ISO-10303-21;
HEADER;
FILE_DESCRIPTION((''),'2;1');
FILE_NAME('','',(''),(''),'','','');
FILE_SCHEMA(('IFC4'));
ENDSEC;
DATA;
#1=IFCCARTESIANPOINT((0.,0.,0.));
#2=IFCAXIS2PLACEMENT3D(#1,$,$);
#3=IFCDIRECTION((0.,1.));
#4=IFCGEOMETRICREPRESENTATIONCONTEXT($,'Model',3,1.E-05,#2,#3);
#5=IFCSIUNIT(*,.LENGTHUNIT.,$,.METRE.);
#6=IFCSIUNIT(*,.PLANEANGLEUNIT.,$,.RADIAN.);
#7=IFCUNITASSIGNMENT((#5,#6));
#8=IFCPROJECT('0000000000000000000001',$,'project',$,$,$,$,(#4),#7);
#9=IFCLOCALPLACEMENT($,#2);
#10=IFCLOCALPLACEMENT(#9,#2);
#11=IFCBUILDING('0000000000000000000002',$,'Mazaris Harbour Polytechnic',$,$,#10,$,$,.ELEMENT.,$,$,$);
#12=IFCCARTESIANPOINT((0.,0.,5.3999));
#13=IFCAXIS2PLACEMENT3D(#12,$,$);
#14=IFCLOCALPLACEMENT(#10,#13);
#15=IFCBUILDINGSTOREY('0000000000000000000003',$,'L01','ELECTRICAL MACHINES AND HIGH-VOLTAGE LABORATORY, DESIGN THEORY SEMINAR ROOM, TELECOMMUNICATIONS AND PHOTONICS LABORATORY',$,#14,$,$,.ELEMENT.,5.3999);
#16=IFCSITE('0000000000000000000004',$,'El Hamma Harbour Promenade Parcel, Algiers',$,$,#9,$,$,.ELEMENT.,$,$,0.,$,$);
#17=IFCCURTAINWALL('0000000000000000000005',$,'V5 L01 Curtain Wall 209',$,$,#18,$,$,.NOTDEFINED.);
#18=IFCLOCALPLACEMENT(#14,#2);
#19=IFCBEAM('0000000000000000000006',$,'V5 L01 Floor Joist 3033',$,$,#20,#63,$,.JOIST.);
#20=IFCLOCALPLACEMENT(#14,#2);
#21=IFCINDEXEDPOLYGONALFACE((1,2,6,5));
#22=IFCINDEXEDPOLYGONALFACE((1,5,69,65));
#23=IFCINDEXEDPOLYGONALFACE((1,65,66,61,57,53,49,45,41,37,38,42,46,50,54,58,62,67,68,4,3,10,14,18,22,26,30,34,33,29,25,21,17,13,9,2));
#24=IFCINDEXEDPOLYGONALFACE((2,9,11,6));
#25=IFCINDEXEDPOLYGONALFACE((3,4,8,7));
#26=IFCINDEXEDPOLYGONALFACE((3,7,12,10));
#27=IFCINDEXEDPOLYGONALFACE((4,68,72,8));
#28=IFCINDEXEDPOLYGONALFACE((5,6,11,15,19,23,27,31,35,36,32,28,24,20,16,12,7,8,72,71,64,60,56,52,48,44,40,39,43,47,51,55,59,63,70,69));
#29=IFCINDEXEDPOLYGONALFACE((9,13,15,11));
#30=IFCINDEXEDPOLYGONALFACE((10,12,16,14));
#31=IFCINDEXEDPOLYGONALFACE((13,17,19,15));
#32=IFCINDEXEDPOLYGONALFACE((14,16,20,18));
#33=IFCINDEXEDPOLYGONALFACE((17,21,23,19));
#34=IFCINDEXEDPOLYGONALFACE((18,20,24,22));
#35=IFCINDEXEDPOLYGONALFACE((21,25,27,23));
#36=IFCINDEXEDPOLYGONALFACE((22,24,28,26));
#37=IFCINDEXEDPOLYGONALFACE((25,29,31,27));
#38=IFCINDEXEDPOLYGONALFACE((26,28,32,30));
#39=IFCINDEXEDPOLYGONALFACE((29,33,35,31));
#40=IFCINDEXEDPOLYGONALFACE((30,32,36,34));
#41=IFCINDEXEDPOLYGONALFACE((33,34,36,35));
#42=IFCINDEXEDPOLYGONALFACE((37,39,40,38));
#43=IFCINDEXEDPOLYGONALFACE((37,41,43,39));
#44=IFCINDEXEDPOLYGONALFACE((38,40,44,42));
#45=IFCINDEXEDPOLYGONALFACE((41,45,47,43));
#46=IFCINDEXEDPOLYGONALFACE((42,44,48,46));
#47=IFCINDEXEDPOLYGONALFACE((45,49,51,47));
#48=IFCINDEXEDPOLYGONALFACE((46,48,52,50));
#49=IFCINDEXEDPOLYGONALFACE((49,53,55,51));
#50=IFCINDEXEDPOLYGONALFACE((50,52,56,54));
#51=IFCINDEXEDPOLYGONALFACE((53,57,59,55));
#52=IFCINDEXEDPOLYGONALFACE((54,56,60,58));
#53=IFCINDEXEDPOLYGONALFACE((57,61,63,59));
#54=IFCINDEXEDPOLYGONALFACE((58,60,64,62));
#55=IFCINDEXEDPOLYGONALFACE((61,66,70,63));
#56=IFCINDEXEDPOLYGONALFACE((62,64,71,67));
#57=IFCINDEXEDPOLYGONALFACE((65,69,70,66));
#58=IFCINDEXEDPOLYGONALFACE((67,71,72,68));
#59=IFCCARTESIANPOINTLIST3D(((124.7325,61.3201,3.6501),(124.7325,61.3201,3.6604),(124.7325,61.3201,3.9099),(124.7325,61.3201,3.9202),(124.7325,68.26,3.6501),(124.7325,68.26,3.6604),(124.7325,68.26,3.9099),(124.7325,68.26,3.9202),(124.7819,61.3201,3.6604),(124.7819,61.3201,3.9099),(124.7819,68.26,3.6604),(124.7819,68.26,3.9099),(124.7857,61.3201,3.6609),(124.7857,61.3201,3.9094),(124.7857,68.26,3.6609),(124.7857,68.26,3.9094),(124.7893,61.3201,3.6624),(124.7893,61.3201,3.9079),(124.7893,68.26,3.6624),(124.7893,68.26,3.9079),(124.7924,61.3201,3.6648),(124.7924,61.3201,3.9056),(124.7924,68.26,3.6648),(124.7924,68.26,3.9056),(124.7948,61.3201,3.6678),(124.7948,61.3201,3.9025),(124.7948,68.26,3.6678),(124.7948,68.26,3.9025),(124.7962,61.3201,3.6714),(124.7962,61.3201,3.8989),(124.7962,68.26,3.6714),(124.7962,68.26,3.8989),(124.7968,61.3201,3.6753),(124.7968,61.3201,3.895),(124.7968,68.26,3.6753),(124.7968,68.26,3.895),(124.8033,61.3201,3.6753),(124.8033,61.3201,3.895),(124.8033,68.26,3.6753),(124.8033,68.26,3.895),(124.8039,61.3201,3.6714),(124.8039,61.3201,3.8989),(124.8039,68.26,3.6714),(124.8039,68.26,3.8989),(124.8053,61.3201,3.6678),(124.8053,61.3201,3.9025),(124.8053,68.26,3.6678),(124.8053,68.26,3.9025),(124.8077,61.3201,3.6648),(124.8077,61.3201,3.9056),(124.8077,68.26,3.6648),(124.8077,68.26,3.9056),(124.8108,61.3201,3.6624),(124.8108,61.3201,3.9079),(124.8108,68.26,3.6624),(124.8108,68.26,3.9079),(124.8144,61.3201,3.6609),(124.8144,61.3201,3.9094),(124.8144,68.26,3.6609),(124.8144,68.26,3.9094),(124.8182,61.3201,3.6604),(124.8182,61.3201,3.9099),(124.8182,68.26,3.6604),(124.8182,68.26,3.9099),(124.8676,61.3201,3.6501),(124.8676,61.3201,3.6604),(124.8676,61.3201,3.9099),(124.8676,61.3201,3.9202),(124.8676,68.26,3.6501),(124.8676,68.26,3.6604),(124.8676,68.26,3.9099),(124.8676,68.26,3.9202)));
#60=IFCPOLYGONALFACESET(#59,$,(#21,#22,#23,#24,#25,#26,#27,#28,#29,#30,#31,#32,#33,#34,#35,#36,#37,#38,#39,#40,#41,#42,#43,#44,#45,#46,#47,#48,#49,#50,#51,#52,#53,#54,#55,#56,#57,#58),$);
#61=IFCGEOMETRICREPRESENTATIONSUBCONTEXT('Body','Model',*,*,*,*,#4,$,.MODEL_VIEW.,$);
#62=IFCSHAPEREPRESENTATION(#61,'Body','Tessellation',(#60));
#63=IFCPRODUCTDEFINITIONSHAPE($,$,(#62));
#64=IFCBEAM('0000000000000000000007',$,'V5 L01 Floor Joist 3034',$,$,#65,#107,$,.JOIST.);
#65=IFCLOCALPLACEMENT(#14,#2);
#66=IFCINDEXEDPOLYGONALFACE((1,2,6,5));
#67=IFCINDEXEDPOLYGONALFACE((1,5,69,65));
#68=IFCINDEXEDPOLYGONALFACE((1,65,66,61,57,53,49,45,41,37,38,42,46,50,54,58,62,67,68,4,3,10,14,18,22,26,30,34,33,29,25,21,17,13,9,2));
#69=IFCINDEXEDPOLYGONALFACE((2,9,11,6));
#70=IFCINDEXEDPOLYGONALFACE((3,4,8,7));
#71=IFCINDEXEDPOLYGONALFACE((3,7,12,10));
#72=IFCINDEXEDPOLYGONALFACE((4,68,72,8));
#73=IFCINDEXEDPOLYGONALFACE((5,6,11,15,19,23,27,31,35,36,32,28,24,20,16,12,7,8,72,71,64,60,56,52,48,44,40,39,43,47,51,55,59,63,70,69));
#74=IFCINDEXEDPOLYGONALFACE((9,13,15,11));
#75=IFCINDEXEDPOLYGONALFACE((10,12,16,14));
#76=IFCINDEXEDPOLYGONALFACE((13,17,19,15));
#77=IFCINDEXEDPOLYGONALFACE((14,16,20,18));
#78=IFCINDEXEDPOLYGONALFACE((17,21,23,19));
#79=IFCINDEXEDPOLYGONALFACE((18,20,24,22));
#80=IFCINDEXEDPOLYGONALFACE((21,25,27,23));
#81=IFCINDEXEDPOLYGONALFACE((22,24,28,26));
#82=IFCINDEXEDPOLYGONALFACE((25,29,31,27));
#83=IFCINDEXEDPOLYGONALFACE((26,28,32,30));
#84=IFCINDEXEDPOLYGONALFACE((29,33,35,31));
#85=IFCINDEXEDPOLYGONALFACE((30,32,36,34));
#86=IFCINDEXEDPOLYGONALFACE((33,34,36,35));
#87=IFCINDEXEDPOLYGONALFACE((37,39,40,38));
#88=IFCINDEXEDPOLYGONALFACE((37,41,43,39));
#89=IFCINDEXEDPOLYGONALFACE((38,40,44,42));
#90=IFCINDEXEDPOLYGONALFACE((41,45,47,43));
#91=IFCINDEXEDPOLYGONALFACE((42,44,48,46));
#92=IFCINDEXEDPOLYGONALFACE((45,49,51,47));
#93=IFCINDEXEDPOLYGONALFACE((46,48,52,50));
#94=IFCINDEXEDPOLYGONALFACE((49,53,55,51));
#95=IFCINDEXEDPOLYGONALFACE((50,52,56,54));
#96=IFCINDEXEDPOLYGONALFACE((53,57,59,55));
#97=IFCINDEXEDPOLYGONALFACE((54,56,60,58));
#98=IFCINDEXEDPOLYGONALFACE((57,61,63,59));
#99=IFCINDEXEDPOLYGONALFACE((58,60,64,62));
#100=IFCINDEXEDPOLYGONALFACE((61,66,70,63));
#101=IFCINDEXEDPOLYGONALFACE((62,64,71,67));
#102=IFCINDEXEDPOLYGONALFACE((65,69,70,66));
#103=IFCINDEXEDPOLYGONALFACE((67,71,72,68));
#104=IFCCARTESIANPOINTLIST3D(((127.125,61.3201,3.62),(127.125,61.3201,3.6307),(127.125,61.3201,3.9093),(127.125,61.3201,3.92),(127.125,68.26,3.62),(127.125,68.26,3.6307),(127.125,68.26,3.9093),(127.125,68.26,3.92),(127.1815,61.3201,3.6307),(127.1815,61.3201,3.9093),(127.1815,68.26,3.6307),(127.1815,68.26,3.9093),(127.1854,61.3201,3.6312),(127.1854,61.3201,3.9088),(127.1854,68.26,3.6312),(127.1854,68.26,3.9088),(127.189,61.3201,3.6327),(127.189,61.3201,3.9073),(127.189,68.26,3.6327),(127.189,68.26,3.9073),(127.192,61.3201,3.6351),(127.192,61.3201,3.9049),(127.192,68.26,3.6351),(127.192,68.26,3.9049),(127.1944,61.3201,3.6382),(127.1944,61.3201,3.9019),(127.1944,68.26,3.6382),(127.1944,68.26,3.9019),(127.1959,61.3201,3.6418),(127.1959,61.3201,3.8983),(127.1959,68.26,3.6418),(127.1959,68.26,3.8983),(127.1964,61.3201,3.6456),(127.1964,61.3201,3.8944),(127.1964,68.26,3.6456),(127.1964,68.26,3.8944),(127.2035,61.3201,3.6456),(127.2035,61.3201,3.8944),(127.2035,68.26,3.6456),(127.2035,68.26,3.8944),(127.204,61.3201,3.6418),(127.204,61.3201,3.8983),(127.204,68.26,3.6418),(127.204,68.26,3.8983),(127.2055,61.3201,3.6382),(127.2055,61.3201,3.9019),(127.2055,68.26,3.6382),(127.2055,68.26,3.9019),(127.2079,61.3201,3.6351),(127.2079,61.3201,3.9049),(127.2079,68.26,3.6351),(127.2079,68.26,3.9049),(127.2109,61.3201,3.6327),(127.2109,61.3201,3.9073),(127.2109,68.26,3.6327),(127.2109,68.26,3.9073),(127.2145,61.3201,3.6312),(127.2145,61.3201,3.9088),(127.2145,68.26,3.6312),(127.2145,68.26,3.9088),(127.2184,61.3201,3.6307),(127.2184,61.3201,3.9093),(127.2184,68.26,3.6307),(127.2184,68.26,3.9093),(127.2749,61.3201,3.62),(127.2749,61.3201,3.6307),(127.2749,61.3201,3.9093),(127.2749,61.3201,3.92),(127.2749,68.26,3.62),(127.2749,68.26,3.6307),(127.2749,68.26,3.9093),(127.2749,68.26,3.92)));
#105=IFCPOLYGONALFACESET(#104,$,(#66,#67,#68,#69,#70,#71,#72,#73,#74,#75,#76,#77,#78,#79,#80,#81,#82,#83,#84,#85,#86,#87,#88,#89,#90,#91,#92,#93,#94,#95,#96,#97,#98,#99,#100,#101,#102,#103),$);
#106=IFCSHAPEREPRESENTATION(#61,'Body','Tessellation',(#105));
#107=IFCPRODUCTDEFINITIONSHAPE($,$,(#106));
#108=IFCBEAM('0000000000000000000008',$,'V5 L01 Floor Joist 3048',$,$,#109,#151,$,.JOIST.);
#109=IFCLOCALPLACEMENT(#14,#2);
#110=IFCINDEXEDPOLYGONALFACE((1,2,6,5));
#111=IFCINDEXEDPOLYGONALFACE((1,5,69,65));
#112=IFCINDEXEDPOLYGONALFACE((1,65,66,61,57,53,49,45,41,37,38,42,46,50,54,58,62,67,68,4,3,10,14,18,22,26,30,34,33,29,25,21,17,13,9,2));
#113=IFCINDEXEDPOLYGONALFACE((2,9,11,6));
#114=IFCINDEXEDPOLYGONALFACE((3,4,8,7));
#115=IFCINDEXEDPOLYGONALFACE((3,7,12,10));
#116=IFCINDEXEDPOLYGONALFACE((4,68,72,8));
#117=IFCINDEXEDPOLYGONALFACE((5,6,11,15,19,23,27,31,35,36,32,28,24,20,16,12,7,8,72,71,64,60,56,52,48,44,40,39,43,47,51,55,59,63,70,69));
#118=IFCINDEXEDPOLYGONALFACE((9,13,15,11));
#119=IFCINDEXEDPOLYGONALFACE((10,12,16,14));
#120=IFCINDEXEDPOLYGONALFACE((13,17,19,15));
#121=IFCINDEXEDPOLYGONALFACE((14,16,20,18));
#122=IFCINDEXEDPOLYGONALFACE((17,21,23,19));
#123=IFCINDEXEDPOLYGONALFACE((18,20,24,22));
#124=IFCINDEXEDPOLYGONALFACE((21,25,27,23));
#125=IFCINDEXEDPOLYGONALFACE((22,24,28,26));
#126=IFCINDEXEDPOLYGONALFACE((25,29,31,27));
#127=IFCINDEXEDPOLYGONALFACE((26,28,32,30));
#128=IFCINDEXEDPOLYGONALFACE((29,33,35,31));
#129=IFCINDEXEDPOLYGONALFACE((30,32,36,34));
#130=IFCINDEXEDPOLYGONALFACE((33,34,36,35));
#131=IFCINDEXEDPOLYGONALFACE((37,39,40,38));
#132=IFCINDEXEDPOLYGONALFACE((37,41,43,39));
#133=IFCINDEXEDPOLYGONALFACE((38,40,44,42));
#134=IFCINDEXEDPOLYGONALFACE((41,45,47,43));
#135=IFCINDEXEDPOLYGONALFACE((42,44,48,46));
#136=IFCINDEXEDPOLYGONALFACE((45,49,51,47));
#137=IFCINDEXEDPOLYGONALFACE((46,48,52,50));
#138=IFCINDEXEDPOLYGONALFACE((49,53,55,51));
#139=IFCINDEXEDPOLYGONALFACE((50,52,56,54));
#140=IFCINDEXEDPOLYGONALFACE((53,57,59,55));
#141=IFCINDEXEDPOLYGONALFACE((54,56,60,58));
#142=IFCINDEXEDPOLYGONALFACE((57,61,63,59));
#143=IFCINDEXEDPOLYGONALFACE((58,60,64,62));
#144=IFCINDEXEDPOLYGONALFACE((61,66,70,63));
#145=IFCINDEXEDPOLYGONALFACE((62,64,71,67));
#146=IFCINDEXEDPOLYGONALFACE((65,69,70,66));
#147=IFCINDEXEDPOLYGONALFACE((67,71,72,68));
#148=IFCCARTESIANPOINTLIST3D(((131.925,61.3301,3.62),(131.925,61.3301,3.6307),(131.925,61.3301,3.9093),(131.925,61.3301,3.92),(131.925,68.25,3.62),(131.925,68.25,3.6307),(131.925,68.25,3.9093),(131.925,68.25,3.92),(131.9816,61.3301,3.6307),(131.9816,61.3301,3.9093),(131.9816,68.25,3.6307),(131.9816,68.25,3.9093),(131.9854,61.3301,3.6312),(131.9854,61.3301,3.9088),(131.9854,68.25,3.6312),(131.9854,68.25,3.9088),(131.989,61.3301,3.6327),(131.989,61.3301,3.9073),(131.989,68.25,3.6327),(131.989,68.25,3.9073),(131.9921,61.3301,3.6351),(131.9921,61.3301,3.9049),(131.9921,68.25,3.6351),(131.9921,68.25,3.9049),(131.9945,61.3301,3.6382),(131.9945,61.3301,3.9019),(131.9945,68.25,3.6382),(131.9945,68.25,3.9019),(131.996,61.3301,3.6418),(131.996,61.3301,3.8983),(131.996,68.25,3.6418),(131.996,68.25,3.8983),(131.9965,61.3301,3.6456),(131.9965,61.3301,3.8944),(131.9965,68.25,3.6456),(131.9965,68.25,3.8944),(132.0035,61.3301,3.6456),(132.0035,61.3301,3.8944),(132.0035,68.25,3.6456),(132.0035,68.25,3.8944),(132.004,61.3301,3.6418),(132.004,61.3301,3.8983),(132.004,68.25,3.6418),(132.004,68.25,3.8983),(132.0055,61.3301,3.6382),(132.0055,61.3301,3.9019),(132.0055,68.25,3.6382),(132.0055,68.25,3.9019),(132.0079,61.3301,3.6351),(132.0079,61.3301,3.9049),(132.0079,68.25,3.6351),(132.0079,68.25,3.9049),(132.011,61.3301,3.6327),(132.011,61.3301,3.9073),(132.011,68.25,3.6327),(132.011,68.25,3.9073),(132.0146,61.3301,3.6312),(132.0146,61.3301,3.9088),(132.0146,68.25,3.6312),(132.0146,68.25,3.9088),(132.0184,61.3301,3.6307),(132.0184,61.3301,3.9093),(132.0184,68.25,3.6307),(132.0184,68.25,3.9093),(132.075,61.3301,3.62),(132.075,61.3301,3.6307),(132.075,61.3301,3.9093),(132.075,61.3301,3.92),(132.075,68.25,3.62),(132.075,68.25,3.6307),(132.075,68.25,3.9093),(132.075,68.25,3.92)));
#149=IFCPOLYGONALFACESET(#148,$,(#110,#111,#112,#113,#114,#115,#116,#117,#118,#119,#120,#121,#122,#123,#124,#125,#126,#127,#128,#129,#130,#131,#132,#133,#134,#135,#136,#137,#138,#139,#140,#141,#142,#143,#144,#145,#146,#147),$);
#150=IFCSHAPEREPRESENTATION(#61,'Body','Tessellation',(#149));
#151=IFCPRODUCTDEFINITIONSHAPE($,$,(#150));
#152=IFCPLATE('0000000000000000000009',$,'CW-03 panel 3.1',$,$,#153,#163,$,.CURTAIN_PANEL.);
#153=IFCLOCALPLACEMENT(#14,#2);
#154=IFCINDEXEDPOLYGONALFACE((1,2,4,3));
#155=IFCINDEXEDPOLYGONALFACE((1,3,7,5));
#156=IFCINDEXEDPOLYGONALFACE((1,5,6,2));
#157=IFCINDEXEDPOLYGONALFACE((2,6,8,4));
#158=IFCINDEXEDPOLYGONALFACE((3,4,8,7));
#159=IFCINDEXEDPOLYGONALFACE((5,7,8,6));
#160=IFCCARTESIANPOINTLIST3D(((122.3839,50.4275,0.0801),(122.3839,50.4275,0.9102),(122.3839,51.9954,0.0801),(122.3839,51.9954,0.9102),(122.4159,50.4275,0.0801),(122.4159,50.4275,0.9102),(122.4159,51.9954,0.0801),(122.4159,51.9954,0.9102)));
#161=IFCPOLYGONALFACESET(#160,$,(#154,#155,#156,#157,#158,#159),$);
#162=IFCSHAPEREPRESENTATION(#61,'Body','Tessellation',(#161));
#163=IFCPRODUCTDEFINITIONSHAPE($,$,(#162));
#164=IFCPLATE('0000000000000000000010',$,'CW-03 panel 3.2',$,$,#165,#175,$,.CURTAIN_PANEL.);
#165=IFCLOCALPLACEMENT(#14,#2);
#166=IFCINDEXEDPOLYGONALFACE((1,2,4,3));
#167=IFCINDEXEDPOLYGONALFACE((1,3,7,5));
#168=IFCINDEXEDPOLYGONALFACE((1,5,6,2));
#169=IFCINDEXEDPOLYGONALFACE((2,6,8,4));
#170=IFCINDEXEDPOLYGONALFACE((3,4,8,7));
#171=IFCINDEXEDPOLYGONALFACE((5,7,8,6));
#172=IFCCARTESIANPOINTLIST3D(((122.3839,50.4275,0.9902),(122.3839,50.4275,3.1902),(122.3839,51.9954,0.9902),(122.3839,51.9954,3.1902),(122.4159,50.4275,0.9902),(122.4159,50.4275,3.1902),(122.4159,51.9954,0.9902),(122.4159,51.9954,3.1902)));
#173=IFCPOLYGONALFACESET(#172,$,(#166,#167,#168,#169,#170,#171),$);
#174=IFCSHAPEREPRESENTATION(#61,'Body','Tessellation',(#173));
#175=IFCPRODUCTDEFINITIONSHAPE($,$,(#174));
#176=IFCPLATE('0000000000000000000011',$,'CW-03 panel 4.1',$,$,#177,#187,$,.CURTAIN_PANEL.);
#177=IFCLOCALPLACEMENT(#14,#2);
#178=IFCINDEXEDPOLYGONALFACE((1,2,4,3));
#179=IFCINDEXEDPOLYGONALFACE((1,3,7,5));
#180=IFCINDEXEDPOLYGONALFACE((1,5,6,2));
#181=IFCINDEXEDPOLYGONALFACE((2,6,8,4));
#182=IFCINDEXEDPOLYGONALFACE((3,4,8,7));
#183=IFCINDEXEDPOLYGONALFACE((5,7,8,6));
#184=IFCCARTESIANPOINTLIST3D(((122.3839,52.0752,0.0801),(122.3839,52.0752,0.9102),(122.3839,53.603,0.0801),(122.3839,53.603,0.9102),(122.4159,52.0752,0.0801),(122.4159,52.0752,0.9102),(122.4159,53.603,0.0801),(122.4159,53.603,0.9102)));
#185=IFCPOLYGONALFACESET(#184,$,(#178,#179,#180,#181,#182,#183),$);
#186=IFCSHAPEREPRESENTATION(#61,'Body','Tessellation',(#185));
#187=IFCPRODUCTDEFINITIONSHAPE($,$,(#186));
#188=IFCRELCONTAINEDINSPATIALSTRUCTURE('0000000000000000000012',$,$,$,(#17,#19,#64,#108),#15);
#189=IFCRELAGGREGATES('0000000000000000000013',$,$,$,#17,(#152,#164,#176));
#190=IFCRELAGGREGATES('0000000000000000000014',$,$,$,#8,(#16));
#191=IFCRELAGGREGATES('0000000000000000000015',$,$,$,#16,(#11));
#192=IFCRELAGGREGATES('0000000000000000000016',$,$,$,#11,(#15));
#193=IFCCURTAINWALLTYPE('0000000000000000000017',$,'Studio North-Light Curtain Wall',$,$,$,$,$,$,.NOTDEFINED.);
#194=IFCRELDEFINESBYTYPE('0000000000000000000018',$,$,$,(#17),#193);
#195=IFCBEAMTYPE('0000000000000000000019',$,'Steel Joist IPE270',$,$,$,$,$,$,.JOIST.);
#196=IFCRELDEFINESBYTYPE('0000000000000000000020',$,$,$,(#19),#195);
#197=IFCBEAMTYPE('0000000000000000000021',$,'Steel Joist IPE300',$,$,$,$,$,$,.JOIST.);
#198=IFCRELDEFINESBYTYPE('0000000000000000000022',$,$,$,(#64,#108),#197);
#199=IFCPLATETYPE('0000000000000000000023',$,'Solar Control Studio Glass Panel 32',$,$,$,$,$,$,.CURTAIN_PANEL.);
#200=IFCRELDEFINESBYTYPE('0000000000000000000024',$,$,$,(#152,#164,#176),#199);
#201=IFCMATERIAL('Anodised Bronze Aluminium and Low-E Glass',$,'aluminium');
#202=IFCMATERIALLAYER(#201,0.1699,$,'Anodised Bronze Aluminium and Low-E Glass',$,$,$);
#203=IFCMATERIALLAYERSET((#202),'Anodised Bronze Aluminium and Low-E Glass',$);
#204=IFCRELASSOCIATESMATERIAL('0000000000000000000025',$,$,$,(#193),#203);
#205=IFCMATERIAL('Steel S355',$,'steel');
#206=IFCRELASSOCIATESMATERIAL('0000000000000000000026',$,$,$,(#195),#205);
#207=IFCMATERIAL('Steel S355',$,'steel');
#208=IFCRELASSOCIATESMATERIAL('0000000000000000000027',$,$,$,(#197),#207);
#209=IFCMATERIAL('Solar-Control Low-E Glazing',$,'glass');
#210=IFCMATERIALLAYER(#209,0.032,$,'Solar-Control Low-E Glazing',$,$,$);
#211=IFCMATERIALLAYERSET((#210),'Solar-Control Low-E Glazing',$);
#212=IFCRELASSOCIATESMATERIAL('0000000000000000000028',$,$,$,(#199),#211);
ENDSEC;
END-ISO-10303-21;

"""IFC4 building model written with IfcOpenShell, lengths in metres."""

from ifc_helpers import new_model, si_unit, direction, frame, origin, origin_2d, place, context, subcontext, project, spatial, rectangle, i_section, extrude, material, layer, layer_set, material_profile, profile_set, type_object, element, aggregate, save


model = new_model("IFC4")

# Units and contexts
model_context = context("Model", 3, precision=1e-05, world=origin(), true_north=direction((0.0, 1.0)))
body_context = subcontext(model_context, "Body", "Model", "MODEL_VIEW")
ifc_project = project(units=[si_unit("LENGTHUNIT", "METRE"), si_unit("PLANEANGLEUNIT", "RADIAN")], contexts=[model_context])

# Site, building, storey
site_placement = place(None, origin())
site = spatial("IfcSite", under=ifc_project, at=site_placement, Name="El Hamma Harbour Promenade Parcel, Algiers", CompositionType="ELEMENT", RefElevation=0.0)
building_placement = place(site_placement, origin())
building = spatial("IfcBuilding", under=site, at=building_placement, Name="Mazaris Harbour Polytechnic", CompositionType="ELEMENT")
storey_placement = place(building_placement, frame((0.0, 0.0, 5.3999)))
storey = spatial("IfcBuildingStorey", under=building, at=storey_placement, Name="L01", Description="ELECTRICAL MACHINES AND HIGH-VOLTAGE LABORATORY, DESIGN THEORY SEMINAR ROOM, TELECOMMUNICATIONS AND PHOTONICS LABORATORY", CompositionType="ELEMENT", Elevation=5.3999)

# Curtain wall
ifc_material_1 = material(Name="Anodised Bronze Aluminium and Low-E Glass", Category="aluminium")
ifc_layer_1 = layer(ifc_material_1, 0.1699, Name="Anodised Bronze Aluminium and Low-E Glass")
ifc_layer_set_1 = layer_set([ifc_layer_1], Name="Anodised Bronze Aluminium and Low-E Glass")
curtain_wall_type = type_object("IfcCurtainWallType", Name="Studio North-Light Curtain Wall", PredefinedType="NOTDEFINED", material=ifc_layer_set_1)
curtain_wall_1_placement = place(storey_placement, origin())
curtain_wall_1 = element("IfcCurtainWall", 1, at=curtain_wall_1_placement, inside=storey, type_object=curtain_wall_type, Name="V5 L01 Curtain Wall 209", PredefinedType="NOTDEFINED")

# Beams
ifc_material_2 = material(Name="Steel S355", Category="steel")
ifc_material_profile_1 = material_profile(ifc_material_2, i_section(OverallWidth=0.135, OverallDepth=0.27, WebThickness=0.0066, FlangeThickness=0.0103, FilletRadius=0.0149, at=origin_2d()), Name="IPE 270")
ifc_profile_set_1 = profile_set([ifc_material_profile_1], Name="Steel S355")
beam_type_1 = type_object("IfcBeamType", Name="Steel Joist IPE270", PredefinedType="JOIST", material=ifc_profile_set_1)
beam_1_placement = place(storey_placement, frame((124.8, 61.3201, 3.7852), z_axis=(0.0, 1.0, 0.0), x_axis=(-1.0, 0.0, 0.0)))
element("IfcBeam", 2, at=beam_1_placement, inside=storey, type_object=beam_type_1, Name="V5 L01 Floor Joist 3033", PredefinedType="JOIST", context=body_context, shape_type="SweptSolid", body=[
    extrude(i_section(OverallWidth=0.135, OverallDepth=0.27, WebThickness=0.0066, FlangeThickness=0.0103, FilletRadius=0.0149, at=origin_2d()), origin(), (0.0, 0.0, 1.0), 6.9399),
])
ifc_material_3 = material(Name="Steel S355", Category="steel")
ifc_material_profile_2 = material_profile(ifc_material_3, i_section(OverallWidth=0.1499, OverallDepth=0.3, WebThickness=0.0071, FlangeThickness=0.0107, FilletRadius=0.0149, at=origin_2d()), Name="IPE 300")
ifc_profile_set_2 = profile_set([ifc_material_profile_2], Name="Steel S355")
beam_type_2 = type_object("IfcBeamType", Name="Steel Joist IPE300", PredefinedType="JOIST", material=ifc_profile_set_2)
beam_2_placement = place(storey_placement, frame((127.2, 61.3201, 3.77), z_axis=(0.0, 1.0, 0.0), x_axis=(-1.0, 0.0, 0.0)))
element("IfcBeam", 3, at=beam_2_placement, inside=storey, type_object=beam_type_2, Name="V5 L01 Floor Joist 3034", PredefinedType="JOIST", context=body_context, shape_type="SweptSolid", body=[
    extrude(i_section(OverallWidth=0.1499, OverallDepth=0.3, WebThickness=0.0071, FlangeThickness=0.0107, FilletRadius=0.0149, at=origin_2d()), origin(), (0.0, 0.0, 1.0), 6.9399),
])
beam_3_placement = place(storey_placement, frame((132.0, 61.3301, 3.77), z_axis=(0.0, 1.0, 0.0), x_axis=(-1.0, 0.0, 0.0)))
element("IfcBeam", 4, at=beam_3_placement, inside=storey, type_object=beam_type_2, Name="V5 L01 Floor Joist 3048", PredefinedType="JOIST", context=body_context, shape_type="SweptSolid", body=[
    extrude(i_section(OverallWidth=0.1499, OverallDepth=0.3, WebThickness=0.0071, FlangeThickness=0.0107, FilletRadius=0.0149, at=origin_2d()), origin(), (0.0, 0.0, 1.0), 6.9199),
])

# Plates
ifc_material_4 = material(Name="Solar-Control Low-E Glazing", Category="glass")
ifc_layer_2 = layer(ifc_material_4, 0.032, Name="Solar-Control Low-E Glazing")
ifc_layer_set_2 = layer_set([ifc_layer_2], Name="Solar-Control Low-E Glazing")
plate_type = type_object("IfcPlateType", Name="Solar Control Studio Glass Panel 32", PredefinedType="CURTAIN_PANEL", material=ifc_layer_set_2)
plate_1_placement = place(storey_placement, frame((122.3999, 51.2114, 0.0801), z_axis=(0.0, 0.0, 1.0), x_axis=(0.0, 1.0, 0.0)))
plate_1 = element("IfcPlate", 5, at=plate_1_placement, type_object=plate_type, Name="CW-03 panel 3.1", PredefinedType="CURTAIN_PANEL", context=body_context, shape_type="SweptSolid", body=[
    extrude(rectangle(XDim=1.5679, YDim=0.032, at=origin_2d()), origin(), (0.0, 0.0, 1.0), 0.8301),
])
plate_2_placement = place(storey_placement, frame((122.3999, 51.2114, 0.9902), z_axis=(0.0, 0.0, 1.0), x_axis=(0.0, 1.0, 0.0)))
plate_2 = element("IfcPlate", 6, at=plate_2_placement, type_object=plate_type, Name="CW-03 panel 3.2", PredefinedType="CURTAIN_PANEL", context=body_context, shape_type="SweptSolid", body=[
    extrude(rectangle(XDim=1.5679, YDim=0.032, at=origin_2d()), origin(), (0.0, 0.0, 1.0), 2.2),
])
plate_3_placement = place(storey_placement, frame((122.3999, 52.8391, 0.0801), z_axis=(0.0, 0.0, 1.0), x_axis=(0.0, 1.0, 0.0)))
plate_3 = element("IfcPlate", 7, at=plate_3_placement, type_object=plate_type, Name="CW-03 panel 4.1", PredefinedType="CURTAIN_PANEL", context=body_context, shape_type="SweptSolid", body=[
    extrude(rectangle(XDim=1.5278, YDim=0.032, at=origin_2d()), origin(), (0.0, 0.0, 1.0), 0.8301),
])
aggregate(curtain_wall_1, [plate_1, plate_2, plate_3])

save(model, "model.ifc")
